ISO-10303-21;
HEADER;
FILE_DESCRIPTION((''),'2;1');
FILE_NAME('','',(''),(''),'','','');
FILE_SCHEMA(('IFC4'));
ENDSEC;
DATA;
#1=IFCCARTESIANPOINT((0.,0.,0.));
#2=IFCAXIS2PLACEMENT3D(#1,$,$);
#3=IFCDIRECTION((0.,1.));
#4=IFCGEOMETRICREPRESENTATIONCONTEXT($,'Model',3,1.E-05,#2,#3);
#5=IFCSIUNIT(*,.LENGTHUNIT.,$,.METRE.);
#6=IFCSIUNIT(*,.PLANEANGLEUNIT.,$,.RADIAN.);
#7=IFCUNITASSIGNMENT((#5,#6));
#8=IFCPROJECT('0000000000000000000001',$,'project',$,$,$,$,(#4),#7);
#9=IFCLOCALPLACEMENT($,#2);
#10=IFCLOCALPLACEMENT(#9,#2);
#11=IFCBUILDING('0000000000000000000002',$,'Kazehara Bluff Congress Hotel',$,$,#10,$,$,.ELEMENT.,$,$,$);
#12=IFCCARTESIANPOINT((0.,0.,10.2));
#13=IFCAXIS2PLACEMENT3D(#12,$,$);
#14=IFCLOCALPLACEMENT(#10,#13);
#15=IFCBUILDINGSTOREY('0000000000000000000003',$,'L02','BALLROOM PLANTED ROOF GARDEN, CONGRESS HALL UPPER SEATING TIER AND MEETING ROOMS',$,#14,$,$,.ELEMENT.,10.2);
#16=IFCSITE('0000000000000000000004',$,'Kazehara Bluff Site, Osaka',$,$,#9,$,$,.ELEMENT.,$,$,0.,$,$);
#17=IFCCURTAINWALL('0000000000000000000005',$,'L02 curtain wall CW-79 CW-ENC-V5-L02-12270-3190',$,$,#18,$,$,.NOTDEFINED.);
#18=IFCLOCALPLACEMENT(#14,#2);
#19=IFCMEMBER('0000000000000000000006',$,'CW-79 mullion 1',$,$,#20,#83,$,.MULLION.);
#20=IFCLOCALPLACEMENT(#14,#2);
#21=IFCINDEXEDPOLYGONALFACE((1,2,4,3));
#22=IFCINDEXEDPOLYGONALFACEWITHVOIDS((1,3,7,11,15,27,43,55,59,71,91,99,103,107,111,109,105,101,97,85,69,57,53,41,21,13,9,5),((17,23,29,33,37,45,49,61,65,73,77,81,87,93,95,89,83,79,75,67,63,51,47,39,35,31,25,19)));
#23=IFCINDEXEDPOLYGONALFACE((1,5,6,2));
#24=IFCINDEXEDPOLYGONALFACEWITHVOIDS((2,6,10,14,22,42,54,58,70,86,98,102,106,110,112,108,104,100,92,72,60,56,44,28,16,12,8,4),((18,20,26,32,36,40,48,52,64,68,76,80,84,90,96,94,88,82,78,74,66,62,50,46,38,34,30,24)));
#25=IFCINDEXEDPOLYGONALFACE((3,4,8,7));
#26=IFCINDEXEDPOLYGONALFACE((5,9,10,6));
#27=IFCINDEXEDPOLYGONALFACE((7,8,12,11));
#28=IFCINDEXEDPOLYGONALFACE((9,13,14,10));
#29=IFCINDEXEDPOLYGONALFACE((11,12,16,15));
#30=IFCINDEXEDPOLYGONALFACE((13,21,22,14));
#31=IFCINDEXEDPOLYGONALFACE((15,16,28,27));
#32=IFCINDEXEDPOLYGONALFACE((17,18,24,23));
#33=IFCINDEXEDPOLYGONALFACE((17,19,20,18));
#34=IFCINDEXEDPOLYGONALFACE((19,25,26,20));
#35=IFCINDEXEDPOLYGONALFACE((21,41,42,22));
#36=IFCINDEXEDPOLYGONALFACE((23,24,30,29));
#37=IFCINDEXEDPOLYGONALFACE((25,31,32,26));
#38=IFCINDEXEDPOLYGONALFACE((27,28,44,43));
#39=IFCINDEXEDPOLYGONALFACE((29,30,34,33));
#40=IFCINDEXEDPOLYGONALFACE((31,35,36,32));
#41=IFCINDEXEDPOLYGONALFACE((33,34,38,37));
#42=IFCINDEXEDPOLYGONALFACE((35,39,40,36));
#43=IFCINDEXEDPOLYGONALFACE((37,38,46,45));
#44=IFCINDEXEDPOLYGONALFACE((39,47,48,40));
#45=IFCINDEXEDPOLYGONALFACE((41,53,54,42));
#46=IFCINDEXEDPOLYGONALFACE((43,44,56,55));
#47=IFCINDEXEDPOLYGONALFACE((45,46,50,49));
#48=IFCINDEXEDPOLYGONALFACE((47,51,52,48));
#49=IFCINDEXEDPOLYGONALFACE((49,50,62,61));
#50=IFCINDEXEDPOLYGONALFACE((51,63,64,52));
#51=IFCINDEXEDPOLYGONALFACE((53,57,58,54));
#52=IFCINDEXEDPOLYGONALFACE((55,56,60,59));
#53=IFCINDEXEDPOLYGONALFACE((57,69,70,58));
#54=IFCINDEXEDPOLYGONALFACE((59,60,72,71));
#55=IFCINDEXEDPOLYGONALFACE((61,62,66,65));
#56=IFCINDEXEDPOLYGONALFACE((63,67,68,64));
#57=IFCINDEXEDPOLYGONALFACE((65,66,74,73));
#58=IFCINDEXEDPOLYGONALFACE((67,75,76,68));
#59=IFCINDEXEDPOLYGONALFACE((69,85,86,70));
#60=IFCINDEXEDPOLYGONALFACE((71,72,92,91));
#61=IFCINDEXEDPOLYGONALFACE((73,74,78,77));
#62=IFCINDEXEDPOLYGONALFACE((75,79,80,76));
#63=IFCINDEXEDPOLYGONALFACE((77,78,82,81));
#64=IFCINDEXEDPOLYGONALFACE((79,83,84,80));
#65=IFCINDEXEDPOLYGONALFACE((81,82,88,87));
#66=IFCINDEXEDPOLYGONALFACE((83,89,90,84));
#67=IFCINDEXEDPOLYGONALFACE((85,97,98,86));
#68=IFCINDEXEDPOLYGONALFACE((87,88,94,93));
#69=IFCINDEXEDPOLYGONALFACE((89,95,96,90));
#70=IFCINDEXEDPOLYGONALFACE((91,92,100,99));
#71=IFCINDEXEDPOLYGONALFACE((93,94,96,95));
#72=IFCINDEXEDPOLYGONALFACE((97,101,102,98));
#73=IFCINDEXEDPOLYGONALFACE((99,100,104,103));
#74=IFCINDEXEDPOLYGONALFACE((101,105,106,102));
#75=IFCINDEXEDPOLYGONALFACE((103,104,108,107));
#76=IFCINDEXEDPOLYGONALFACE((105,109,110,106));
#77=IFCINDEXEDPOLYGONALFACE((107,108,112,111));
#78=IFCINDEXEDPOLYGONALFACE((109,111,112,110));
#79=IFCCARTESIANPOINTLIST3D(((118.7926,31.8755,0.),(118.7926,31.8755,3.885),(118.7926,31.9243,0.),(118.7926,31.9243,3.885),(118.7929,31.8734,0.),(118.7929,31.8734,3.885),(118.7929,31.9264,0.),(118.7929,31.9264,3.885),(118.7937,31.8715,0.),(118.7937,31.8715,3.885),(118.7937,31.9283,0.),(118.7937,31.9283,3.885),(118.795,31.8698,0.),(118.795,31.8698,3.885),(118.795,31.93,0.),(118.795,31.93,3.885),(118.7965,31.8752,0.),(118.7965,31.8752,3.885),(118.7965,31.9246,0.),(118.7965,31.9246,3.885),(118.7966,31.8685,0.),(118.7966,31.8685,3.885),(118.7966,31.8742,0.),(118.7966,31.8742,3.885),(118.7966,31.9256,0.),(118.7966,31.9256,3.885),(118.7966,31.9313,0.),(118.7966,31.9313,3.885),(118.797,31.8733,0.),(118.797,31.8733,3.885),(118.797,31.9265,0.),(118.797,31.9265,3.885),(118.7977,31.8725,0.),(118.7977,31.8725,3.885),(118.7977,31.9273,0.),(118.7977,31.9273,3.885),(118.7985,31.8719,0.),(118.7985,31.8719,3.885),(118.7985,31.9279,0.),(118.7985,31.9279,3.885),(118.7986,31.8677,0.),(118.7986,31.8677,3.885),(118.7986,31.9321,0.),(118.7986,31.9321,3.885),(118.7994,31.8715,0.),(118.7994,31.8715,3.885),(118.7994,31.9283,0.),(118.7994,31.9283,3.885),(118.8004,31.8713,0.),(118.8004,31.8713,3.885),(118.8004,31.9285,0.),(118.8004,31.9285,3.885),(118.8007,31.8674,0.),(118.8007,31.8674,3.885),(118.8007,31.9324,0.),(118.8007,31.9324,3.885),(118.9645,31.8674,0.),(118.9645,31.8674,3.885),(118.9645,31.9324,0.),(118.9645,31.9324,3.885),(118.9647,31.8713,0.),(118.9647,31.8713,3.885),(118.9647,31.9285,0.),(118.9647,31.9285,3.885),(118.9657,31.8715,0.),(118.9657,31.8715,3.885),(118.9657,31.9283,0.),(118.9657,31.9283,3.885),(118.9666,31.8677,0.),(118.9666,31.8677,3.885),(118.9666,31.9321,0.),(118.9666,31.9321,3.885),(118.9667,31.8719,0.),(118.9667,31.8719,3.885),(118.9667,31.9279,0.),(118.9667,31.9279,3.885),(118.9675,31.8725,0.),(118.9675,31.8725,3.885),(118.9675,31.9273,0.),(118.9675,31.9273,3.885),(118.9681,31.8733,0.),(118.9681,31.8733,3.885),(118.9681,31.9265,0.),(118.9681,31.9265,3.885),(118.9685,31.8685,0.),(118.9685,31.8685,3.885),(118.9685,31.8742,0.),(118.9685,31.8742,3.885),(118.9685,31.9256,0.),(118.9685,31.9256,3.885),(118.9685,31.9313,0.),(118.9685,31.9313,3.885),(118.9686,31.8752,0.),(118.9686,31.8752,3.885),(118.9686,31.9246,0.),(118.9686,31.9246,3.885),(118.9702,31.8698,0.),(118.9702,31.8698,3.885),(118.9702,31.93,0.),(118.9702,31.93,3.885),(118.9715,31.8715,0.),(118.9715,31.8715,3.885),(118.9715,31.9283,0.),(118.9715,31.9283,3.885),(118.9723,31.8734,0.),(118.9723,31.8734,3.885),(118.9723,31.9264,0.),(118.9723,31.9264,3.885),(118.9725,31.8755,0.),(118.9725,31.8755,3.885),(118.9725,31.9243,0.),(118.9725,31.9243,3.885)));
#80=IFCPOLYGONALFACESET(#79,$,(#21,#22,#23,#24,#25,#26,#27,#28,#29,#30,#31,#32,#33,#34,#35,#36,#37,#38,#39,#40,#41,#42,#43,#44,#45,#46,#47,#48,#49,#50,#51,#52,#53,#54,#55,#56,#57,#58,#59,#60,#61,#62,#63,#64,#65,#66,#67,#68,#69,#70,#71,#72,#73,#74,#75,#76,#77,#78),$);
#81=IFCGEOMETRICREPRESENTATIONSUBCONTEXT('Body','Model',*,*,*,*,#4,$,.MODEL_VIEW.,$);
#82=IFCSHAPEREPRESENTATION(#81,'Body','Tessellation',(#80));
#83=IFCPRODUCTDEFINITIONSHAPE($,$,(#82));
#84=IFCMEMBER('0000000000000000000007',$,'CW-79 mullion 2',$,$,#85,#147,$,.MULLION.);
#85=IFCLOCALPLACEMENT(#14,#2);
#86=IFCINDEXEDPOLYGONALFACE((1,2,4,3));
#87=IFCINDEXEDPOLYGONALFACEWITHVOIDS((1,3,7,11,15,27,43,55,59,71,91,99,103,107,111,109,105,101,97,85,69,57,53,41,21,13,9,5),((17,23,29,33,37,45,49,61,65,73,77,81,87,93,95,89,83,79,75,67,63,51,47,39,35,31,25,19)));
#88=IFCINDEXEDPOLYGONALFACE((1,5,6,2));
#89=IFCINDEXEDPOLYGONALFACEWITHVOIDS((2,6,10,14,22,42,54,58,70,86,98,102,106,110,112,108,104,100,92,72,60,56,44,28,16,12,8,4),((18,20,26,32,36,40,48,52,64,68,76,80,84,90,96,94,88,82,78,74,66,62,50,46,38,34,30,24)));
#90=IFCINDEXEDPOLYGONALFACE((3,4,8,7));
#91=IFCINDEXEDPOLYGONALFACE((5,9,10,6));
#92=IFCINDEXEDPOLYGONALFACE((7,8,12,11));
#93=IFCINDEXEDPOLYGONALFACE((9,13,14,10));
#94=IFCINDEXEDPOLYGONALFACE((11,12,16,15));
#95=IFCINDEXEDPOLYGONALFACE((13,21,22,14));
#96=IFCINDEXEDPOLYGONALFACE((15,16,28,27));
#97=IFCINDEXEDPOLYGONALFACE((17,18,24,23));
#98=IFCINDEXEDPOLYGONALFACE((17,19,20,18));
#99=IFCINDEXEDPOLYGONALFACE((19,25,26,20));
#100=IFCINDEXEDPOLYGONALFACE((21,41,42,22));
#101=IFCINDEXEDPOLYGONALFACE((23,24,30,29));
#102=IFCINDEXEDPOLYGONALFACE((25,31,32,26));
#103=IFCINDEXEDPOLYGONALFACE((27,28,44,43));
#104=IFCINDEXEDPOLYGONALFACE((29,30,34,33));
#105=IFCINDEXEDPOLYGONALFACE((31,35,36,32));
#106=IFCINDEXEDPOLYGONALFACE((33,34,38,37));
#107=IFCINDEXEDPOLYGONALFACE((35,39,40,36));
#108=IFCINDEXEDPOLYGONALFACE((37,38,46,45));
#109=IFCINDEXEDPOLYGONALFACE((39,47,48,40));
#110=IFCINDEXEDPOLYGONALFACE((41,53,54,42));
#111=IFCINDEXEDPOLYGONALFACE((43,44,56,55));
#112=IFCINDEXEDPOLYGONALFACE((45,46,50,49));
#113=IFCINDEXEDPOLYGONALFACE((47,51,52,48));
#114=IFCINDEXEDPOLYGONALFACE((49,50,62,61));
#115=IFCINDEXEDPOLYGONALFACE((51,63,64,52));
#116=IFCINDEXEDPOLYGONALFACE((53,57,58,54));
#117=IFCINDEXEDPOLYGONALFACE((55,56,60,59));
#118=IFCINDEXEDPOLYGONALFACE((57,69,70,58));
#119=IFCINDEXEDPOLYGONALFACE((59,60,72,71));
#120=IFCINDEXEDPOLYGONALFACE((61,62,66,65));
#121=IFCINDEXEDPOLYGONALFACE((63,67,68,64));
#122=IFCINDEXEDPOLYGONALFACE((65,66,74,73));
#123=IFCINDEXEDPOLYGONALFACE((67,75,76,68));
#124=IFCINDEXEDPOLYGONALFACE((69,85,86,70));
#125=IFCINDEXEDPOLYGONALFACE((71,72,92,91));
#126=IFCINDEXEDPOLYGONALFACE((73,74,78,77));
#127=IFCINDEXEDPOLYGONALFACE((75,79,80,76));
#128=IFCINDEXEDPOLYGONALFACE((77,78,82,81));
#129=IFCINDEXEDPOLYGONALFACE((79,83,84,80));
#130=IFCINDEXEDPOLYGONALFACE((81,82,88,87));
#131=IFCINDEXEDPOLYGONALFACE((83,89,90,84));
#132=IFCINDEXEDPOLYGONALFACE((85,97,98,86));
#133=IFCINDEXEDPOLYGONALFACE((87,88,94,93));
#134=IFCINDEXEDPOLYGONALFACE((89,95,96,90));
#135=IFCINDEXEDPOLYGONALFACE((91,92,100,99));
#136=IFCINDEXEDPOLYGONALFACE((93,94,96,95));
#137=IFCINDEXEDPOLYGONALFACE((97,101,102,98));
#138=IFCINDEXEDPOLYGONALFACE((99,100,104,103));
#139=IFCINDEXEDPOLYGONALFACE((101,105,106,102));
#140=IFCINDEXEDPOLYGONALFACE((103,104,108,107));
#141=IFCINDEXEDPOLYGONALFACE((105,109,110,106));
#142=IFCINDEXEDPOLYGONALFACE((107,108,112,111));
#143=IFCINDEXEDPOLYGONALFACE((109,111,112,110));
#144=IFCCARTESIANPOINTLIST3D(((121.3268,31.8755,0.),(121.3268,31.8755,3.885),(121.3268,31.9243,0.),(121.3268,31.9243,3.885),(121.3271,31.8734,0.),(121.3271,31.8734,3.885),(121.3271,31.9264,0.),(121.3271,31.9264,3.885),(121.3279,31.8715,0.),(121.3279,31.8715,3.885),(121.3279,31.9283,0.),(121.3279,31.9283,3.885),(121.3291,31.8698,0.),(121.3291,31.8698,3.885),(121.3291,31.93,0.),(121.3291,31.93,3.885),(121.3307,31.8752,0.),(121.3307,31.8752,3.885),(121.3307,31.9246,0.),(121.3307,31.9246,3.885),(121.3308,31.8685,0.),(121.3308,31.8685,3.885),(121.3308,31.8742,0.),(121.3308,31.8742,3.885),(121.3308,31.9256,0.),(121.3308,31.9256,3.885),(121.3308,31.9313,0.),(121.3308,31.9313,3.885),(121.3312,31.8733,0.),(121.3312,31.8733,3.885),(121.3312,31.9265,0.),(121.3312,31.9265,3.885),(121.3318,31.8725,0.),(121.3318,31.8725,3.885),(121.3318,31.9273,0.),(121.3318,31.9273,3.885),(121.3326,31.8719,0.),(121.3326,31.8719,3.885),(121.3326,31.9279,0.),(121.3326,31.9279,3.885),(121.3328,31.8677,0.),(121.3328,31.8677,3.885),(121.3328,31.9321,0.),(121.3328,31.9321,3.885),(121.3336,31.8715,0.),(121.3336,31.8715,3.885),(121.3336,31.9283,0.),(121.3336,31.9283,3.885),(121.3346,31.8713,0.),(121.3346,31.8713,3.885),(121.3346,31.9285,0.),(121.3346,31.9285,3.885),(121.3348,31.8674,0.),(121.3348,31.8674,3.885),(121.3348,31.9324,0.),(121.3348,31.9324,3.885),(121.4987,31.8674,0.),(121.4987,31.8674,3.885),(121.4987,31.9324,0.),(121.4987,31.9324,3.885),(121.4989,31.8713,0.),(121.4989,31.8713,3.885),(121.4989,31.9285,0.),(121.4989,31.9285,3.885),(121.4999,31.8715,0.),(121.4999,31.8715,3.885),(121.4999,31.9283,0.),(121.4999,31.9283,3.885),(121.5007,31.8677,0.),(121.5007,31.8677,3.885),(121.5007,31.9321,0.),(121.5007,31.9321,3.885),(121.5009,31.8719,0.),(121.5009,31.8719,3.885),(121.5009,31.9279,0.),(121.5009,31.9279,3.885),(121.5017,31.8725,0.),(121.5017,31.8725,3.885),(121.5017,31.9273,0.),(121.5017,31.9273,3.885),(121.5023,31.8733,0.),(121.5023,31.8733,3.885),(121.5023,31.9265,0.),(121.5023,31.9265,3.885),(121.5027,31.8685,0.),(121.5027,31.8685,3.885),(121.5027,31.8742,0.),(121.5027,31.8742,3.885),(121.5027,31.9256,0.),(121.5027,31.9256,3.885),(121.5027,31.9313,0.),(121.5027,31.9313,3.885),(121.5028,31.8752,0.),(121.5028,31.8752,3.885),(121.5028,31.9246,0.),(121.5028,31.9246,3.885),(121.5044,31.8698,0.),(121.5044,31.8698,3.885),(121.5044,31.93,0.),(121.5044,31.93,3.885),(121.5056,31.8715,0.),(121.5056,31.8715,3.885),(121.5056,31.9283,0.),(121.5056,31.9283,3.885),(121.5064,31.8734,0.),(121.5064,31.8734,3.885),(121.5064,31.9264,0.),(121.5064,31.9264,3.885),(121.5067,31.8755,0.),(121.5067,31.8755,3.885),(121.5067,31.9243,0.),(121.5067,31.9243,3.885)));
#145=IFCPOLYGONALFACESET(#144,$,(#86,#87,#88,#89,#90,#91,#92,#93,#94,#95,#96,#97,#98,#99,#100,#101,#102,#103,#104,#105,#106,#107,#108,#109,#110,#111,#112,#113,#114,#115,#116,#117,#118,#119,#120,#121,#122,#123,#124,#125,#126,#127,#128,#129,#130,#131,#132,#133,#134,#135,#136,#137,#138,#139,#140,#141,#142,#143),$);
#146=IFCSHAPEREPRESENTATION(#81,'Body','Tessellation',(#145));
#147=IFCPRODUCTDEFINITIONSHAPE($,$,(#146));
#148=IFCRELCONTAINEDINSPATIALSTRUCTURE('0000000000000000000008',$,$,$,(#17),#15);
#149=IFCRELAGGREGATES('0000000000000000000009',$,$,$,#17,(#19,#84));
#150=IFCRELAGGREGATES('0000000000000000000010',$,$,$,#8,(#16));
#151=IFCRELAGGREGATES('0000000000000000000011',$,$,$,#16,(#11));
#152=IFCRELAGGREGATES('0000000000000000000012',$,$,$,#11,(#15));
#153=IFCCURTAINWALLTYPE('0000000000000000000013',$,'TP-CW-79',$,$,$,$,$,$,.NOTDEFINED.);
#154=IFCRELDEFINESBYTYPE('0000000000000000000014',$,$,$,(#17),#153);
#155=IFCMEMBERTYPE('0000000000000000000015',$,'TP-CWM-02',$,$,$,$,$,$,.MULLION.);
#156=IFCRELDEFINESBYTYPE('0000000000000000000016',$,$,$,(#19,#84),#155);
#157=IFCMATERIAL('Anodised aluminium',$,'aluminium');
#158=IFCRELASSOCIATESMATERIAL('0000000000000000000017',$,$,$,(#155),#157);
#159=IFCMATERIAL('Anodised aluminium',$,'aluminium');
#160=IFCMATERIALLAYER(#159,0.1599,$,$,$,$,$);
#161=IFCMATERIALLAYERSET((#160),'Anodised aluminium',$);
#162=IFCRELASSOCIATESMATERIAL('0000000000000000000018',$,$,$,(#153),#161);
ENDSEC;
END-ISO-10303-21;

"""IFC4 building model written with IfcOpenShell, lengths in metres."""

from ifc_helpers import new_model, si_unit, direction, frame, origin, origin_2d, place, context, subcontext, project, spatial, hollow_rectangle, extrude, material, layer, layer_set, material_profile, profile_set, type_object, element, aggregate, save


model = new_model("IFC4")

# Units and contexts
model_context = context("Model", 3, precision=1e-05, world=origin(), true_north=direction((0.0, 1.0)))
body_context = subcontext(model_context, "Body", "Model", "MODEL_VIEW")
ifc_project = project(units=[si_unit("LENGTHUNIT", "METRE"), si_unit("PLANEANGLEUNIT", "RADIAN")], contexts=[model_context])

# Site, building, storey
site_placement = place(None, origin())
site = spatial("IfcSite", under=ifc_project, at=site_placement, Name="Kazehara Bluff Site, Osaka", CompositionType="ELEMENT", RefElevation=0.0)
building_placement = place(site_placement, origin())
building = spatial("IfcBuilding", under=site, at=building_placement, Name="Kazehara Bluff Congress Hotel", CompositionType="ELEMENT")
storey_placement = place(building_placement, frame((0.0, 0.0, 10.2)))
storey = spatial("IfcBuildingStorey", under=building, at=storey_placement, Name="L02", Description="BALLROOM PLANTED ROOF GARDEN, CONGRESS HALL UPPER SEATING TIER AND MEETING ROOMS", CompositionType="ELEMENT", Elevation=10.2)

# Shared definitions
ifc_material_1 = material(Name="Anodised aluminium", Category="aluminium")
ifc_material_profile_1 = material_profile(ifc_material_1, hollow_rectangle(XDim=0.0649, YDim=0.1799, WallThickness=0.0039, InnerFilletRadius=0.0039, OuterFilletRadius=0.0081, at=origin_2d()))
ifc_profile_set_1 = profile_set([ifc_material_profile_1], Name="Anodised aluminium")
member_type_1 = type_object("IfcMemberType", Name="TP-CWM-02", PredefinedType="MULLION", material=ifc_profile_set_1)

# Curtain wall, members
ifc_material_2 = material(Name="Anodised aluminium", Category="aluminium")
ifc_layer_1 = layer(ifc_material_2, 0.1599)
ifc_layer_set_1 = layer_set([ifc_layer_1], Name="Anodised aluminium")
curtain_wall_type_1 = type_object("IfcCurtainWallType", Name="TP-CW-79", PredefinedType="NOTDEFINED", material=ifc_layer_set_1)
curtain_wall_1_placement = place(storey_placement, origin())
curtain_wall_1 = element("IfcCurtainWall", 1, at=curtain_wall_1_placement, inside=storey, type_object=curtain_wall_type_1, Name="L02 curtain wall CW-79 CW-ENC-V5-L02-12270-3190", PredefinedType="NOTDEFINED")
member_1_placement = place(storey_placement, frame((118.8826, 31.8999, 0.0), z_axis=(0.0, 0.0, 1.0), x_axis=(0.0, 1.0, 0.0)))
member_1 = element("IfcMember", 2, at=member_1_placement, type_object=member_type_1, Name="CW-79 mullion 1", PredefinedType="MULLION", context=body_context, shape_type="SweptSolid", body=[
    extrude(hollow_rectangle(XDim=0.0649, YDim=0.1799, WallThickness=0.0039, InnerFilletRadius=0.0039, OuterFilletRadius=0.0081, at=origin_2d()), origin(), (0.0, 0.0, 1.0), 3.885),
])
member_2_placement = place(storey_placement, frame((121.4167, 31.8999, 0.0), z_axis=(0.0, 0.0, 1.0), x_axis=(0.0, 1.0, 0.0)))
member_2 = element("IfcMember", 3, at=member_2_placement, type_object=member_type_1, Name="CW-79 mullion 2", PredefinedType="MULLION", context=body_context, shape_type="SweptSolid", body=[
    extrude(hollow_rectangle(XDim=0.0649, YDim=0.1799, WallThickness=0.0039, InnerFilletRadius=0.0039, OuterFilletRadius=0.0081, at=origin_2d()), origin(), (0.0, 0.0, 1.0), 3.885),
])

aggregate(curtain_wall_1, [member_1, member_2])

save(model, "model.ifc")
